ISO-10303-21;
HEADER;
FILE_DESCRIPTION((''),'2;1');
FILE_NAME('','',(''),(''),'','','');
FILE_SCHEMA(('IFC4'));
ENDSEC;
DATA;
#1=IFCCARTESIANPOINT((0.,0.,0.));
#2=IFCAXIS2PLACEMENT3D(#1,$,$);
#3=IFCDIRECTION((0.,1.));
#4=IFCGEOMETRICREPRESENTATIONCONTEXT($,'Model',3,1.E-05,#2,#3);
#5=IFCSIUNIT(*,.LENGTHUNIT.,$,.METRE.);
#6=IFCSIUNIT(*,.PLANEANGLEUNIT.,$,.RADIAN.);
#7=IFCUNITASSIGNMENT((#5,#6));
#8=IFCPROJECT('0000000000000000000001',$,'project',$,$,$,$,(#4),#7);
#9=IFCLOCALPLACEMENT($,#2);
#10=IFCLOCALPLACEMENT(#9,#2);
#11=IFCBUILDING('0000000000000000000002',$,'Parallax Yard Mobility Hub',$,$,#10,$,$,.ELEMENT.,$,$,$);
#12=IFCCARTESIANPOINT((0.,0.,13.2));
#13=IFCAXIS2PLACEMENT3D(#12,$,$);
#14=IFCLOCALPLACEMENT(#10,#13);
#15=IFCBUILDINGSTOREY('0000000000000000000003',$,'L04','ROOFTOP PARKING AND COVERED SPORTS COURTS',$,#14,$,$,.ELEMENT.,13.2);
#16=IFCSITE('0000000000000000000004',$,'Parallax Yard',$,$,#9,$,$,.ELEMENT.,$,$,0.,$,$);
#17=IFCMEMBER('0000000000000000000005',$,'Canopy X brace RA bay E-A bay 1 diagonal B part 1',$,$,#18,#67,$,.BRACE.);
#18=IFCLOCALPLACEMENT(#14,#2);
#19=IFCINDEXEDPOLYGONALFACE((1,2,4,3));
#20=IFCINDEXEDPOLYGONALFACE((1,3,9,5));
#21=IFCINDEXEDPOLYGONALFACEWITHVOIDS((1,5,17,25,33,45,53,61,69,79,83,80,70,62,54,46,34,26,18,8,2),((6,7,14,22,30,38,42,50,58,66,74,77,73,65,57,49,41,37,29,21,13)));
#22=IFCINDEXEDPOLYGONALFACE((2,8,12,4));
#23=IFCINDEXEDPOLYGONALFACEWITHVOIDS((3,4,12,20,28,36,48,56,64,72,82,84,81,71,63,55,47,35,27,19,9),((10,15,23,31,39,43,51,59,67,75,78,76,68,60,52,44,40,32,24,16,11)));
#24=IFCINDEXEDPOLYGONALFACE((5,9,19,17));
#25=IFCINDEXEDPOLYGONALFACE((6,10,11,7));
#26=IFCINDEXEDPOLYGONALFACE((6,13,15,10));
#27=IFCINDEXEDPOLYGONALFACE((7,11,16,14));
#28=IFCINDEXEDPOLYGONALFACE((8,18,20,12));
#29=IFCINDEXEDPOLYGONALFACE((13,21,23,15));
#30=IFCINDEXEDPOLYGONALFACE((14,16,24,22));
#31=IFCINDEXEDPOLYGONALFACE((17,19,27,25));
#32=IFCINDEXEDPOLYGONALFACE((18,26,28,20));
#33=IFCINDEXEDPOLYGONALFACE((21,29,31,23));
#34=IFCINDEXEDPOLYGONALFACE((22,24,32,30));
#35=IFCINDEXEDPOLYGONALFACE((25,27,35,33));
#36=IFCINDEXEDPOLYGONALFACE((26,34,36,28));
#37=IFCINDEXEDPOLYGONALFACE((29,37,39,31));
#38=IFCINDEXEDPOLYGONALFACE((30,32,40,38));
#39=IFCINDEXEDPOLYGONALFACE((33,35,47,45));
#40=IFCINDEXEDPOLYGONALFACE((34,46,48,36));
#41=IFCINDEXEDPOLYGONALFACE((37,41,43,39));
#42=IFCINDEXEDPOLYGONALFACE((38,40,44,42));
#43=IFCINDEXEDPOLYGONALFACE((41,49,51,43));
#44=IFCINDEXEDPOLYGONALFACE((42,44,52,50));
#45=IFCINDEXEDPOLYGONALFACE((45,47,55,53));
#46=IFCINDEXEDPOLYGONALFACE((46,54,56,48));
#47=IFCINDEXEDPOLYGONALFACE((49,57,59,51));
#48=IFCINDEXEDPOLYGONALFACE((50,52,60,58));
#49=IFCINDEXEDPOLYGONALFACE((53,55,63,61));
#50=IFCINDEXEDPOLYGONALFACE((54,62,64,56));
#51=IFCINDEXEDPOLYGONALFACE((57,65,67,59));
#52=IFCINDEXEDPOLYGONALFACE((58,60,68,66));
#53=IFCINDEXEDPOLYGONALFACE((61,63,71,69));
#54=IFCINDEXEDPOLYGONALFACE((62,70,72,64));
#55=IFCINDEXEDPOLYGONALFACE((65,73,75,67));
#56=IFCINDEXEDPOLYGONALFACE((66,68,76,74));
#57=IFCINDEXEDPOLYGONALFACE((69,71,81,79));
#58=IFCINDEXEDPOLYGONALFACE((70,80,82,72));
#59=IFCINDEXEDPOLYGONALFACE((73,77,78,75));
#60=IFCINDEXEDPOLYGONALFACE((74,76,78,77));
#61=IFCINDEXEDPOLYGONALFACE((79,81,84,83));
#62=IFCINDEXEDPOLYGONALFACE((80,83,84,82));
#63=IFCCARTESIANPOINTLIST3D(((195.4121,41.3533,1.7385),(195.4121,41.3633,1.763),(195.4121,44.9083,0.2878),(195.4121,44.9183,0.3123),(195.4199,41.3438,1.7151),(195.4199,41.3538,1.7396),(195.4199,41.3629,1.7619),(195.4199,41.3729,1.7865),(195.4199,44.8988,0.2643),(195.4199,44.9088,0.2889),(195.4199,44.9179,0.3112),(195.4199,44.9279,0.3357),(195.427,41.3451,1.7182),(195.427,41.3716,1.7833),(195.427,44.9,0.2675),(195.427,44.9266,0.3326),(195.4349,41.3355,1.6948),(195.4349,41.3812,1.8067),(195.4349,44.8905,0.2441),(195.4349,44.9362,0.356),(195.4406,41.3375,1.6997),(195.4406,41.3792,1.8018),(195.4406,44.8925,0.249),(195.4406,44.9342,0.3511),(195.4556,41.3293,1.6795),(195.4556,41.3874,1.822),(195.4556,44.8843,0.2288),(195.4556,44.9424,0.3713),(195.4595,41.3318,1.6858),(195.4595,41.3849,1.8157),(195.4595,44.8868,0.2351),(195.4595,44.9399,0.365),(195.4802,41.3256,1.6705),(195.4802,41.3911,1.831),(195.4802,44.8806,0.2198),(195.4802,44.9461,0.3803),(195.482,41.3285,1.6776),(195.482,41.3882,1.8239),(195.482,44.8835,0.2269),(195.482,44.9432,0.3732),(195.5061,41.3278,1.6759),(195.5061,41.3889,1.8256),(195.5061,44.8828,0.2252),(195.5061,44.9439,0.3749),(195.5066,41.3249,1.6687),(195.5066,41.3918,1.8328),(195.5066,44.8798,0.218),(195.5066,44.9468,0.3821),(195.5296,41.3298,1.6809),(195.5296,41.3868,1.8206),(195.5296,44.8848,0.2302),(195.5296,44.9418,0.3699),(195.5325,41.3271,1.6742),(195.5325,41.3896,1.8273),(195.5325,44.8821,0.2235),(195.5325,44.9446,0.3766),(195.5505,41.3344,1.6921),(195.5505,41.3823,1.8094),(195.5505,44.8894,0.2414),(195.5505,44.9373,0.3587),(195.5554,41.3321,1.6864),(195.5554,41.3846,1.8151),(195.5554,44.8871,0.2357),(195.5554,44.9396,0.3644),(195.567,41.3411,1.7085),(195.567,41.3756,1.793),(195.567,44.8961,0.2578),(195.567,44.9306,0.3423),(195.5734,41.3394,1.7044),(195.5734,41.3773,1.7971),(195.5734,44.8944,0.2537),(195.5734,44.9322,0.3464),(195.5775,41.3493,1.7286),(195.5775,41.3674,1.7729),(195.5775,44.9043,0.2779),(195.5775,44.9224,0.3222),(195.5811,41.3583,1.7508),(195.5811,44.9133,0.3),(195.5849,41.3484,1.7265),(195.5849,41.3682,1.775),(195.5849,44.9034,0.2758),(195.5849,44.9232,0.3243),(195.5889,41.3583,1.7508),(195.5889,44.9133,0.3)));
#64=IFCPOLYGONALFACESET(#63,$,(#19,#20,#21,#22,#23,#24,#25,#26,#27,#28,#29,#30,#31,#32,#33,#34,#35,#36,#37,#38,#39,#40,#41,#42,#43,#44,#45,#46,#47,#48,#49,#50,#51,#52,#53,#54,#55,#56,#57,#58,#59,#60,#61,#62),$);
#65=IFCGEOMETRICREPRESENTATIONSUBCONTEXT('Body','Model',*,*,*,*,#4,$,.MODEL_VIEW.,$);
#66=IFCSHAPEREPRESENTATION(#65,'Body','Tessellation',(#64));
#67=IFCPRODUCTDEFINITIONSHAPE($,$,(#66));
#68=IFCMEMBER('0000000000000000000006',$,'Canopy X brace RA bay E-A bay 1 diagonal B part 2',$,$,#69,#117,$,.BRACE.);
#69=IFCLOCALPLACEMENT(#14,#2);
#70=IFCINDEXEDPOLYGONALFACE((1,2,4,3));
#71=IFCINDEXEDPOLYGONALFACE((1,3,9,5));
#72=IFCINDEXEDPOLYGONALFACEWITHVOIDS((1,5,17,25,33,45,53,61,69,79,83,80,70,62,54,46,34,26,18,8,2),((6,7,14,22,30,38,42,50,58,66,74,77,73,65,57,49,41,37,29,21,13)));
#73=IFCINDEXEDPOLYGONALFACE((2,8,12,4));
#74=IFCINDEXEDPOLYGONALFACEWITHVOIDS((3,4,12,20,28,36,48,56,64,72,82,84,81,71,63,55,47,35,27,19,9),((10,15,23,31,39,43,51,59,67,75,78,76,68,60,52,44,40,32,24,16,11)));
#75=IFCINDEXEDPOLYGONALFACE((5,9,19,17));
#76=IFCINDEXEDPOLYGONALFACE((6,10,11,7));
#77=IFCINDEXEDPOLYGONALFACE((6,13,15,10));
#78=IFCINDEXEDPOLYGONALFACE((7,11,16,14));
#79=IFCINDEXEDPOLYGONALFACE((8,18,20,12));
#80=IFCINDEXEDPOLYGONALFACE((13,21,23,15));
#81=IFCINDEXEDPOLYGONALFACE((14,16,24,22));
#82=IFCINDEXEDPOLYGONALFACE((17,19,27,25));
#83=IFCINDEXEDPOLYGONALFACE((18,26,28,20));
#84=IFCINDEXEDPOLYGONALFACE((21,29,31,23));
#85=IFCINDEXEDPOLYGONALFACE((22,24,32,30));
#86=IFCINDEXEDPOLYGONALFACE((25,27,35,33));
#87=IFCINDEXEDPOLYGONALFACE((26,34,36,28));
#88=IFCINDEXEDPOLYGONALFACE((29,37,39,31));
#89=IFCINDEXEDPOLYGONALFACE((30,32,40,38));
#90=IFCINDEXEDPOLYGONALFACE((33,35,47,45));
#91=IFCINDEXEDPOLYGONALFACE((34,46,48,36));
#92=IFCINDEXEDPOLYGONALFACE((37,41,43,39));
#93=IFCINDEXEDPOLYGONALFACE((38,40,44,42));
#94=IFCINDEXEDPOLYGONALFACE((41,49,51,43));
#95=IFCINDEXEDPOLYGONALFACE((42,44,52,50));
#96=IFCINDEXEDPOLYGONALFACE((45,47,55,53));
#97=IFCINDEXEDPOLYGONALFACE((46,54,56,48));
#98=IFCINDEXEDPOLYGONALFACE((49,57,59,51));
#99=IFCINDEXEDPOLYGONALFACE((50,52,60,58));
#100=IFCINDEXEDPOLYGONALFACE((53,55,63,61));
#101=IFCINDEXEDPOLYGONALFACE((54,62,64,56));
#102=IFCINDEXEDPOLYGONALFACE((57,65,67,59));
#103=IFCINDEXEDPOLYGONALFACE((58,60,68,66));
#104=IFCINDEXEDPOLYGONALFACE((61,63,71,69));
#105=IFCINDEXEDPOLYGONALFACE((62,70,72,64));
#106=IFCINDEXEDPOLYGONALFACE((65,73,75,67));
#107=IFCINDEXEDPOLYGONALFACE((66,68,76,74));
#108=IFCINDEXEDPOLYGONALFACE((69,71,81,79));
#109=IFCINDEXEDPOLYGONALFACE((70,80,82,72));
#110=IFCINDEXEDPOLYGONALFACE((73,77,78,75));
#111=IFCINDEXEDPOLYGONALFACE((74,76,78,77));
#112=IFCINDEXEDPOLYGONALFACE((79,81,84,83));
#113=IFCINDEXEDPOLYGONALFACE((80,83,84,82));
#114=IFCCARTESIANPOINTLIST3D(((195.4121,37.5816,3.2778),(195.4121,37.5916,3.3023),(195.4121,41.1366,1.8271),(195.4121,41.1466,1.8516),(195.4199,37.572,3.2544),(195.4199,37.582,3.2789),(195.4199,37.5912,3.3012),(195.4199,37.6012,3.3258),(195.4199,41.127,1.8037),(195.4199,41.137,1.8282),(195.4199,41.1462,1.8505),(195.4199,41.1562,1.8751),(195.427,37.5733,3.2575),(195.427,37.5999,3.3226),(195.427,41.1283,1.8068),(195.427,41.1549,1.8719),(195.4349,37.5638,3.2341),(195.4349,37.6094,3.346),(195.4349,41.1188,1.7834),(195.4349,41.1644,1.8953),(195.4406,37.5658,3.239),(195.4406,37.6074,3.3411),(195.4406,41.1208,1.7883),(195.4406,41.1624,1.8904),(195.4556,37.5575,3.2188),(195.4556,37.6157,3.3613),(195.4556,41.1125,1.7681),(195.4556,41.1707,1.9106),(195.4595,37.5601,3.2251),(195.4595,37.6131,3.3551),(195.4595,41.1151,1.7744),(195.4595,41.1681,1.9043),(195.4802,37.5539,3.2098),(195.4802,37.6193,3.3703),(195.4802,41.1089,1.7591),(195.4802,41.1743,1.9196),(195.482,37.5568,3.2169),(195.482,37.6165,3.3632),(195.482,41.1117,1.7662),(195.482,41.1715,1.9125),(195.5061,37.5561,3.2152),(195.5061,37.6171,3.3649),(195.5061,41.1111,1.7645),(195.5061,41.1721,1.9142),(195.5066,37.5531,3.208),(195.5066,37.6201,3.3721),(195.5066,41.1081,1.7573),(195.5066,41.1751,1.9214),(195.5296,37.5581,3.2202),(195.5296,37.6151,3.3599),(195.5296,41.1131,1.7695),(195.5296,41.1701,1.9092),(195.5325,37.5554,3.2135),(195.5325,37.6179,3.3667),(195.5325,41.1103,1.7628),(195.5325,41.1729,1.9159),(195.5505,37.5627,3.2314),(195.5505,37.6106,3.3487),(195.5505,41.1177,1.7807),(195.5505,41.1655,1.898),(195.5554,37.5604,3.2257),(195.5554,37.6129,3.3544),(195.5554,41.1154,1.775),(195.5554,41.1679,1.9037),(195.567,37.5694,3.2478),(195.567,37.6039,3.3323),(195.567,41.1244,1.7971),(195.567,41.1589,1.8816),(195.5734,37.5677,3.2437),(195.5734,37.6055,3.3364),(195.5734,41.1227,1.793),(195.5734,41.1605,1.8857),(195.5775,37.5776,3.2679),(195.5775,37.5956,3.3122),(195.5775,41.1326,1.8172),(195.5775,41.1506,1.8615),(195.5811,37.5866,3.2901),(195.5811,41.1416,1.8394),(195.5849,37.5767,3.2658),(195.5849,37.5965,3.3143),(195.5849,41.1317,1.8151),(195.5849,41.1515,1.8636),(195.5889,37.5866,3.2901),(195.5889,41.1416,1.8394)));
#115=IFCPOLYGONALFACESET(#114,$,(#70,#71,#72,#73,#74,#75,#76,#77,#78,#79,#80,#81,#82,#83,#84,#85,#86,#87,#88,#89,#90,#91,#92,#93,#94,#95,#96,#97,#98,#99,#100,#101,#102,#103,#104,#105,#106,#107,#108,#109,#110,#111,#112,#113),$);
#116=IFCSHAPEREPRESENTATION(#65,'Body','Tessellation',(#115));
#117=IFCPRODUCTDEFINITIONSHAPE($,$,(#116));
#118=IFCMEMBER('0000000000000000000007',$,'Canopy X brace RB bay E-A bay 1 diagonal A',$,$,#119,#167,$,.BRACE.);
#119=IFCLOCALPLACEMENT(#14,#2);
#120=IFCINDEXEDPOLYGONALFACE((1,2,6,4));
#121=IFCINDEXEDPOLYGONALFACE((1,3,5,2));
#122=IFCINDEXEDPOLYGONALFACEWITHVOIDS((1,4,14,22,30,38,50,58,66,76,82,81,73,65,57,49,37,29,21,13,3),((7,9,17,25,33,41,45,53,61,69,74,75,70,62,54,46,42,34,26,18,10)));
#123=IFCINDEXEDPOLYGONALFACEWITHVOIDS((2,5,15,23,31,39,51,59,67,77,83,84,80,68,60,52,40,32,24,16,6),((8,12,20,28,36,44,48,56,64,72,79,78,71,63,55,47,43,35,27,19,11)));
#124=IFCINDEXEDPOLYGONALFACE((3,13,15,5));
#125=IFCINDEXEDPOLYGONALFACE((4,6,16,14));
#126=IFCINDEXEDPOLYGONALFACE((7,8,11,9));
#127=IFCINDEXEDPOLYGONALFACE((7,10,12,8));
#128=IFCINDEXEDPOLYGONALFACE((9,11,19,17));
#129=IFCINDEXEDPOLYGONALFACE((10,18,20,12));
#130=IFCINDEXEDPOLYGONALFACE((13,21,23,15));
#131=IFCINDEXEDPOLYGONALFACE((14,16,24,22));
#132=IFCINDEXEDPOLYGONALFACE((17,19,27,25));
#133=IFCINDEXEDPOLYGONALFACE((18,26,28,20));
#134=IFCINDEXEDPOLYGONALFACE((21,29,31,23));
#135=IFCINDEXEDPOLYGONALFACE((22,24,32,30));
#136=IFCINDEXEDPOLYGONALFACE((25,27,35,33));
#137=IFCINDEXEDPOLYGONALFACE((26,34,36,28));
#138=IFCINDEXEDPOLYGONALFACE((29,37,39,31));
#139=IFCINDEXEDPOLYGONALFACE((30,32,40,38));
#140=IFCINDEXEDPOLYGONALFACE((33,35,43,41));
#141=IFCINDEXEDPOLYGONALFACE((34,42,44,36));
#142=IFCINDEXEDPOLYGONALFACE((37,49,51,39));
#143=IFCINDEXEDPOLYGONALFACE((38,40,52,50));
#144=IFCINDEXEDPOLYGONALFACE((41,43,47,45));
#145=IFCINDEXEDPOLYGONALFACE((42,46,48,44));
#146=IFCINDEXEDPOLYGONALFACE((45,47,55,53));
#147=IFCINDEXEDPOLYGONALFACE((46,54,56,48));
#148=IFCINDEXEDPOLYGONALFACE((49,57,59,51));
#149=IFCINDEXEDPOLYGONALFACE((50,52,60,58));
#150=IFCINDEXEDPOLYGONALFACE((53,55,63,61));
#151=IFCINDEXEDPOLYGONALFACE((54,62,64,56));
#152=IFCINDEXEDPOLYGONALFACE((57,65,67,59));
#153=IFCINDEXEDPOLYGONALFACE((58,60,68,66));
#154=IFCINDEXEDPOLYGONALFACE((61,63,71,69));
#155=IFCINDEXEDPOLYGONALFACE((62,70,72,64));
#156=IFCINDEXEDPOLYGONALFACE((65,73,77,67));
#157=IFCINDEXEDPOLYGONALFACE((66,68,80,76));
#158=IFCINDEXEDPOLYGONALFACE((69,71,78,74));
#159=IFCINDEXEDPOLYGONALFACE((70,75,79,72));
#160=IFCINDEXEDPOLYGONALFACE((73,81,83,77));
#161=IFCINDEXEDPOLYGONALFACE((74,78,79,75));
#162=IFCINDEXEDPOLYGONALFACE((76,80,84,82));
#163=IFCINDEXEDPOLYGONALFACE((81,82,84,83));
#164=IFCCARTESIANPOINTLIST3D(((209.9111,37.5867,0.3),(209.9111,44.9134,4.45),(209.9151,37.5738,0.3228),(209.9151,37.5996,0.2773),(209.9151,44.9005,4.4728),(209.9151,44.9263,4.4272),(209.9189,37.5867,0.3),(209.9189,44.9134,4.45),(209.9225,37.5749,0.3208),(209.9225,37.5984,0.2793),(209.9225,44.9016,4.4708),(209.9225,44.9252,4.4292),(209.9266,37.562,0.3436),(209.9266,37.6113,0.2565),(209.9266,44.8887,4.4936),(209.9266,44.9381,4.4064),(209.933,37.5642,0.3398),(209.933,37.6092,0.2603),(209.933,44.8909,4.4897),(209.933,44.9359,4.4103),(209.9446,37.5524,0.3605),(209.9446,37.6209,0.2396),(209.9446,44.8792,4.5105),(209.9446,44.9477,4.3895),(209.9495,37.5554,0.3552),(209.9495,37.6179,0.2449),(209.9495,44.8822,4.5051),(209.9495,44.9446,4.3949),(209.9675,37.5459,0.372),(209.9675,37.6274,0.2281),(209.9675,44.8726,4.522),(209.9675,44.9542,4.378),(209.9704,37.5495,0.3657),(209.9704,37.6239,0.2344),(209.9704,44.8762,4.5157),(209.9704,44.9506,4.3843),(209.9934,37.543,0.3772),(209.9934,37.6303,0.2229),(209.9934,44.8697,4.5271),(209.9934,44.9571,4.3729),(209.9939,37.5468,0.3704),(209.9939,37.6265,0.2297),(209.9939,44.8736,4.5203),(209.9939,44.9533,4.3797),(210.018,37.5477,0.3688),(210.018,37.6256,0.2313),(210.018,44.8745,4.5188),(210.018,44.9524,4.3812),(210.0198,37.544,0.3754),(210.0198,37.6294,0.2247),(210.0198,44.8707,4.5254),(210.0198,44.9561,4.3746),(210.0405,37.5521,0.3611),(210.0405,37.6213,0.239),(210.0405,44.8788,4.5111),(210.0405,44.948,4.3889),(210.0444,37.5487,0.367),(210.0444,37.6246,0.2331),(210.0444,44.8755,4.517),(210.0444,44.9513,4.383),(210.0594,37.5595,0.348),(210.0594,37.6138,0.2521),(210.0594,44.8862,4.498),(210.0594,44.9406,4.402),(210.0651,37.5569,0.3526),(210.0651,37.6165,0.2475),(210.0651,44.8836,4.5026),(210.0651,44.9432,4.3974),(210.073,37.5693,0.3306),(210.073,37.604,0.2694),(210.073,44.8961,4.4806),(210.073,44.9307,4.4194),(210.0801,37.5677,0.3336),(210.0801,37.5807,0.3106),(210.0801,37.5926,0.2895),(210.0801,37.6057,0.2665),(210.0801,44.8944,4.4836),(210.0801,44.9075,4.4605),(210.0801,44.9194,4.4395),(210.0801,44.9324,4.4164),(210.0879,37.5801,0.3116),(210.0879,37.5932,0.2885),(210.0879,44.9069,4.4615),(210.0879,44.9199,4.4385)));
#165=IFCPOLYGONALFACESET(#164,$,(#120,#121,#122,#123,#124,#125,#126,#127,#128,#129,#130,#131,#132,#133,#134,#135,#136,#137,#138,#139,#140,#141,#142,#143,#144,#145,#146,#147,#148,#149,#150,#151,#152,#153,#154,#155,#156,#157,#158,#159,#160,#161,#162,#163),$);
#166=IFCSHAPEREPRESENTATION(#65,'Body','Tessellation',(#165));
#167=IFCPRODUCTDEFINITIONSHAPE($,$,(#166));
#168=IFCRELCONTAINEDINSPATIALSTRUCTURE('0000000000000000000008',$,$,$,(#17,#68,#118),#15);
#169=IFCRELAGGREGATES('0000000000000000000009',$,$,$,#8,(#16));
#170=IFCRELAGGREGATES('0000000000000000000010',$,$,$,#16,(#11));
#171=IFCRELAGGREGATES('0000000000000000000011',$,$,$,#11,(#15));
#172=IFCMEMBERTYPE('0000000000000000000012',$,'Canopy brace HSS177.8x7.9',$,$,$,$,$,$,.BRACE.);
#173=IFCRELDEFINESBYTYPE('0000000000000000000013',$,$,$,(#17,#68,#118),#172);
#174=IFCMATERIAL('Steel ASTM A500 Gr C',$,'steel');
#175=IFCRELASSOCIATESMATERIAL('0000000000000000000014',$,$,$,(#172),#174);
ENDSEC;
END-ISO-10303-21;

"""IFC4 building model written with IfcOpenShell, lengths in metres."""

from ifc_helpers import new_model, si_unit, direction, frame, origin, origin_2d, place, context, subcontext, project, spatial, hollow_circle, extrude, material, material_profile, profile_set, type_object, element, save


model = new_model("IFC4")

# Units and contexts
model_context = context("Model", 3, precision=1e-05, world=origin(), true_north=direction((0.0, 1.0)))
body_context = subcontext(model_context, "Body", "Model", "MODEL_VIEW")
ifc_project = project(units=[si_unit("LENGTHUNIT", "METRE"), si_unit("PLANEANGLEUNIT", "RADIAN")], contexts=[model_context])

# Site, building, storey
site_placement = place(None, origin())
site = spatial("IfcSite", under=ifc_project, at=site_placement, Name="Parallax Yard", CompositionType="ELEMENT", RefElevation=0.0)
building_placement = place(site_placement, origin())
building = spatial("IfcBuilding", under=site, at=building_placement, Name="Parallax Yard Mobility Hub", CompositionType="ELEMENT")
storey_placement = place(building_placement, frame((0.0, 0.0, 13.2)))
storey = spatial("IfcBuildingStorey", under=building, at=storey_placement, Name="L04", Description="ROOFTOP PARKING AND COVERED SPORTS COURTS", CompositionType="ELEMENT", Elevation=13.2)

# Members
ifc_material_1 = material(Name="Steel ASTM A500 Gr C", Category="steel")
ifc_material_profile_1 = material_profile(ifc_material_1, hollow_circle(Radius=0.0889, WallThickness=0.0078, at=origin_2d()), Name="HSS177.8x7.9")
ifc_profile_set_1 = profile_set([ifc_material_profile_1], Name="Steel ASTM A500 Gr C")
member_type_1 = type_object("IfcMemberType", Name="Canopy brace HSS177.8x7.9", PredefinedType="BRACE", material=ifc_profile_set_1)
for number, where, z_axis, x_axis, name in (
    (1, (195.5, 44.9133, 0.3), (0.0, -0.925876, 0.377828), (1.0, 0.0, 0.0), "Canopy X brace RA bay E-A bay 1 diagonal B part 1"),
    (2, (195.5, 41.1416, 1.8394), (0.0, -0.925876, 0.377828), (1.0, 0.0, 0.0), "Canopy X brace RA bay E-A bay 1 diagonal B part 2"),
):
    element("IfcMember", number, at=place(storey_placement, frame(where, z_axis=z_axis, x_axis=x_axis)), inside=storey, type_object=member_type_1, Name=name, PredefinedType="BRACE", context=body_context, shape_type="SweptSolid", body=[
        extrude(hollow_circle(Radius=0.0889, WallThickness=0.0078, at=origin_2d()), origin(), (0.0, 0.0, 1.0), 3.8396),
    ])
member_1_placement = place(storey_placement, frame((210.0, 37.5867, 0.3), z_axis=(0.0, 0.870118, 0.492844), x_axis=(-1.0, 0.0, 0.0)))
element("IfcMember", 3, at=member_1_placement, inside=storey, type_object=member_type_1, Name="Canopy X brace RB bay E-A bay 1 diagonal A", PredefinedType="BRACE", context=body_context, shape_type="SweptSolid", body=[
    extrude(hollow_circle(Radius=0.0889, WallThickness=0.0078, at=origin_2d()), origin(), (0.0, 0.0, 1.0), 8.4204),
])

save(model, "model.ifc")
